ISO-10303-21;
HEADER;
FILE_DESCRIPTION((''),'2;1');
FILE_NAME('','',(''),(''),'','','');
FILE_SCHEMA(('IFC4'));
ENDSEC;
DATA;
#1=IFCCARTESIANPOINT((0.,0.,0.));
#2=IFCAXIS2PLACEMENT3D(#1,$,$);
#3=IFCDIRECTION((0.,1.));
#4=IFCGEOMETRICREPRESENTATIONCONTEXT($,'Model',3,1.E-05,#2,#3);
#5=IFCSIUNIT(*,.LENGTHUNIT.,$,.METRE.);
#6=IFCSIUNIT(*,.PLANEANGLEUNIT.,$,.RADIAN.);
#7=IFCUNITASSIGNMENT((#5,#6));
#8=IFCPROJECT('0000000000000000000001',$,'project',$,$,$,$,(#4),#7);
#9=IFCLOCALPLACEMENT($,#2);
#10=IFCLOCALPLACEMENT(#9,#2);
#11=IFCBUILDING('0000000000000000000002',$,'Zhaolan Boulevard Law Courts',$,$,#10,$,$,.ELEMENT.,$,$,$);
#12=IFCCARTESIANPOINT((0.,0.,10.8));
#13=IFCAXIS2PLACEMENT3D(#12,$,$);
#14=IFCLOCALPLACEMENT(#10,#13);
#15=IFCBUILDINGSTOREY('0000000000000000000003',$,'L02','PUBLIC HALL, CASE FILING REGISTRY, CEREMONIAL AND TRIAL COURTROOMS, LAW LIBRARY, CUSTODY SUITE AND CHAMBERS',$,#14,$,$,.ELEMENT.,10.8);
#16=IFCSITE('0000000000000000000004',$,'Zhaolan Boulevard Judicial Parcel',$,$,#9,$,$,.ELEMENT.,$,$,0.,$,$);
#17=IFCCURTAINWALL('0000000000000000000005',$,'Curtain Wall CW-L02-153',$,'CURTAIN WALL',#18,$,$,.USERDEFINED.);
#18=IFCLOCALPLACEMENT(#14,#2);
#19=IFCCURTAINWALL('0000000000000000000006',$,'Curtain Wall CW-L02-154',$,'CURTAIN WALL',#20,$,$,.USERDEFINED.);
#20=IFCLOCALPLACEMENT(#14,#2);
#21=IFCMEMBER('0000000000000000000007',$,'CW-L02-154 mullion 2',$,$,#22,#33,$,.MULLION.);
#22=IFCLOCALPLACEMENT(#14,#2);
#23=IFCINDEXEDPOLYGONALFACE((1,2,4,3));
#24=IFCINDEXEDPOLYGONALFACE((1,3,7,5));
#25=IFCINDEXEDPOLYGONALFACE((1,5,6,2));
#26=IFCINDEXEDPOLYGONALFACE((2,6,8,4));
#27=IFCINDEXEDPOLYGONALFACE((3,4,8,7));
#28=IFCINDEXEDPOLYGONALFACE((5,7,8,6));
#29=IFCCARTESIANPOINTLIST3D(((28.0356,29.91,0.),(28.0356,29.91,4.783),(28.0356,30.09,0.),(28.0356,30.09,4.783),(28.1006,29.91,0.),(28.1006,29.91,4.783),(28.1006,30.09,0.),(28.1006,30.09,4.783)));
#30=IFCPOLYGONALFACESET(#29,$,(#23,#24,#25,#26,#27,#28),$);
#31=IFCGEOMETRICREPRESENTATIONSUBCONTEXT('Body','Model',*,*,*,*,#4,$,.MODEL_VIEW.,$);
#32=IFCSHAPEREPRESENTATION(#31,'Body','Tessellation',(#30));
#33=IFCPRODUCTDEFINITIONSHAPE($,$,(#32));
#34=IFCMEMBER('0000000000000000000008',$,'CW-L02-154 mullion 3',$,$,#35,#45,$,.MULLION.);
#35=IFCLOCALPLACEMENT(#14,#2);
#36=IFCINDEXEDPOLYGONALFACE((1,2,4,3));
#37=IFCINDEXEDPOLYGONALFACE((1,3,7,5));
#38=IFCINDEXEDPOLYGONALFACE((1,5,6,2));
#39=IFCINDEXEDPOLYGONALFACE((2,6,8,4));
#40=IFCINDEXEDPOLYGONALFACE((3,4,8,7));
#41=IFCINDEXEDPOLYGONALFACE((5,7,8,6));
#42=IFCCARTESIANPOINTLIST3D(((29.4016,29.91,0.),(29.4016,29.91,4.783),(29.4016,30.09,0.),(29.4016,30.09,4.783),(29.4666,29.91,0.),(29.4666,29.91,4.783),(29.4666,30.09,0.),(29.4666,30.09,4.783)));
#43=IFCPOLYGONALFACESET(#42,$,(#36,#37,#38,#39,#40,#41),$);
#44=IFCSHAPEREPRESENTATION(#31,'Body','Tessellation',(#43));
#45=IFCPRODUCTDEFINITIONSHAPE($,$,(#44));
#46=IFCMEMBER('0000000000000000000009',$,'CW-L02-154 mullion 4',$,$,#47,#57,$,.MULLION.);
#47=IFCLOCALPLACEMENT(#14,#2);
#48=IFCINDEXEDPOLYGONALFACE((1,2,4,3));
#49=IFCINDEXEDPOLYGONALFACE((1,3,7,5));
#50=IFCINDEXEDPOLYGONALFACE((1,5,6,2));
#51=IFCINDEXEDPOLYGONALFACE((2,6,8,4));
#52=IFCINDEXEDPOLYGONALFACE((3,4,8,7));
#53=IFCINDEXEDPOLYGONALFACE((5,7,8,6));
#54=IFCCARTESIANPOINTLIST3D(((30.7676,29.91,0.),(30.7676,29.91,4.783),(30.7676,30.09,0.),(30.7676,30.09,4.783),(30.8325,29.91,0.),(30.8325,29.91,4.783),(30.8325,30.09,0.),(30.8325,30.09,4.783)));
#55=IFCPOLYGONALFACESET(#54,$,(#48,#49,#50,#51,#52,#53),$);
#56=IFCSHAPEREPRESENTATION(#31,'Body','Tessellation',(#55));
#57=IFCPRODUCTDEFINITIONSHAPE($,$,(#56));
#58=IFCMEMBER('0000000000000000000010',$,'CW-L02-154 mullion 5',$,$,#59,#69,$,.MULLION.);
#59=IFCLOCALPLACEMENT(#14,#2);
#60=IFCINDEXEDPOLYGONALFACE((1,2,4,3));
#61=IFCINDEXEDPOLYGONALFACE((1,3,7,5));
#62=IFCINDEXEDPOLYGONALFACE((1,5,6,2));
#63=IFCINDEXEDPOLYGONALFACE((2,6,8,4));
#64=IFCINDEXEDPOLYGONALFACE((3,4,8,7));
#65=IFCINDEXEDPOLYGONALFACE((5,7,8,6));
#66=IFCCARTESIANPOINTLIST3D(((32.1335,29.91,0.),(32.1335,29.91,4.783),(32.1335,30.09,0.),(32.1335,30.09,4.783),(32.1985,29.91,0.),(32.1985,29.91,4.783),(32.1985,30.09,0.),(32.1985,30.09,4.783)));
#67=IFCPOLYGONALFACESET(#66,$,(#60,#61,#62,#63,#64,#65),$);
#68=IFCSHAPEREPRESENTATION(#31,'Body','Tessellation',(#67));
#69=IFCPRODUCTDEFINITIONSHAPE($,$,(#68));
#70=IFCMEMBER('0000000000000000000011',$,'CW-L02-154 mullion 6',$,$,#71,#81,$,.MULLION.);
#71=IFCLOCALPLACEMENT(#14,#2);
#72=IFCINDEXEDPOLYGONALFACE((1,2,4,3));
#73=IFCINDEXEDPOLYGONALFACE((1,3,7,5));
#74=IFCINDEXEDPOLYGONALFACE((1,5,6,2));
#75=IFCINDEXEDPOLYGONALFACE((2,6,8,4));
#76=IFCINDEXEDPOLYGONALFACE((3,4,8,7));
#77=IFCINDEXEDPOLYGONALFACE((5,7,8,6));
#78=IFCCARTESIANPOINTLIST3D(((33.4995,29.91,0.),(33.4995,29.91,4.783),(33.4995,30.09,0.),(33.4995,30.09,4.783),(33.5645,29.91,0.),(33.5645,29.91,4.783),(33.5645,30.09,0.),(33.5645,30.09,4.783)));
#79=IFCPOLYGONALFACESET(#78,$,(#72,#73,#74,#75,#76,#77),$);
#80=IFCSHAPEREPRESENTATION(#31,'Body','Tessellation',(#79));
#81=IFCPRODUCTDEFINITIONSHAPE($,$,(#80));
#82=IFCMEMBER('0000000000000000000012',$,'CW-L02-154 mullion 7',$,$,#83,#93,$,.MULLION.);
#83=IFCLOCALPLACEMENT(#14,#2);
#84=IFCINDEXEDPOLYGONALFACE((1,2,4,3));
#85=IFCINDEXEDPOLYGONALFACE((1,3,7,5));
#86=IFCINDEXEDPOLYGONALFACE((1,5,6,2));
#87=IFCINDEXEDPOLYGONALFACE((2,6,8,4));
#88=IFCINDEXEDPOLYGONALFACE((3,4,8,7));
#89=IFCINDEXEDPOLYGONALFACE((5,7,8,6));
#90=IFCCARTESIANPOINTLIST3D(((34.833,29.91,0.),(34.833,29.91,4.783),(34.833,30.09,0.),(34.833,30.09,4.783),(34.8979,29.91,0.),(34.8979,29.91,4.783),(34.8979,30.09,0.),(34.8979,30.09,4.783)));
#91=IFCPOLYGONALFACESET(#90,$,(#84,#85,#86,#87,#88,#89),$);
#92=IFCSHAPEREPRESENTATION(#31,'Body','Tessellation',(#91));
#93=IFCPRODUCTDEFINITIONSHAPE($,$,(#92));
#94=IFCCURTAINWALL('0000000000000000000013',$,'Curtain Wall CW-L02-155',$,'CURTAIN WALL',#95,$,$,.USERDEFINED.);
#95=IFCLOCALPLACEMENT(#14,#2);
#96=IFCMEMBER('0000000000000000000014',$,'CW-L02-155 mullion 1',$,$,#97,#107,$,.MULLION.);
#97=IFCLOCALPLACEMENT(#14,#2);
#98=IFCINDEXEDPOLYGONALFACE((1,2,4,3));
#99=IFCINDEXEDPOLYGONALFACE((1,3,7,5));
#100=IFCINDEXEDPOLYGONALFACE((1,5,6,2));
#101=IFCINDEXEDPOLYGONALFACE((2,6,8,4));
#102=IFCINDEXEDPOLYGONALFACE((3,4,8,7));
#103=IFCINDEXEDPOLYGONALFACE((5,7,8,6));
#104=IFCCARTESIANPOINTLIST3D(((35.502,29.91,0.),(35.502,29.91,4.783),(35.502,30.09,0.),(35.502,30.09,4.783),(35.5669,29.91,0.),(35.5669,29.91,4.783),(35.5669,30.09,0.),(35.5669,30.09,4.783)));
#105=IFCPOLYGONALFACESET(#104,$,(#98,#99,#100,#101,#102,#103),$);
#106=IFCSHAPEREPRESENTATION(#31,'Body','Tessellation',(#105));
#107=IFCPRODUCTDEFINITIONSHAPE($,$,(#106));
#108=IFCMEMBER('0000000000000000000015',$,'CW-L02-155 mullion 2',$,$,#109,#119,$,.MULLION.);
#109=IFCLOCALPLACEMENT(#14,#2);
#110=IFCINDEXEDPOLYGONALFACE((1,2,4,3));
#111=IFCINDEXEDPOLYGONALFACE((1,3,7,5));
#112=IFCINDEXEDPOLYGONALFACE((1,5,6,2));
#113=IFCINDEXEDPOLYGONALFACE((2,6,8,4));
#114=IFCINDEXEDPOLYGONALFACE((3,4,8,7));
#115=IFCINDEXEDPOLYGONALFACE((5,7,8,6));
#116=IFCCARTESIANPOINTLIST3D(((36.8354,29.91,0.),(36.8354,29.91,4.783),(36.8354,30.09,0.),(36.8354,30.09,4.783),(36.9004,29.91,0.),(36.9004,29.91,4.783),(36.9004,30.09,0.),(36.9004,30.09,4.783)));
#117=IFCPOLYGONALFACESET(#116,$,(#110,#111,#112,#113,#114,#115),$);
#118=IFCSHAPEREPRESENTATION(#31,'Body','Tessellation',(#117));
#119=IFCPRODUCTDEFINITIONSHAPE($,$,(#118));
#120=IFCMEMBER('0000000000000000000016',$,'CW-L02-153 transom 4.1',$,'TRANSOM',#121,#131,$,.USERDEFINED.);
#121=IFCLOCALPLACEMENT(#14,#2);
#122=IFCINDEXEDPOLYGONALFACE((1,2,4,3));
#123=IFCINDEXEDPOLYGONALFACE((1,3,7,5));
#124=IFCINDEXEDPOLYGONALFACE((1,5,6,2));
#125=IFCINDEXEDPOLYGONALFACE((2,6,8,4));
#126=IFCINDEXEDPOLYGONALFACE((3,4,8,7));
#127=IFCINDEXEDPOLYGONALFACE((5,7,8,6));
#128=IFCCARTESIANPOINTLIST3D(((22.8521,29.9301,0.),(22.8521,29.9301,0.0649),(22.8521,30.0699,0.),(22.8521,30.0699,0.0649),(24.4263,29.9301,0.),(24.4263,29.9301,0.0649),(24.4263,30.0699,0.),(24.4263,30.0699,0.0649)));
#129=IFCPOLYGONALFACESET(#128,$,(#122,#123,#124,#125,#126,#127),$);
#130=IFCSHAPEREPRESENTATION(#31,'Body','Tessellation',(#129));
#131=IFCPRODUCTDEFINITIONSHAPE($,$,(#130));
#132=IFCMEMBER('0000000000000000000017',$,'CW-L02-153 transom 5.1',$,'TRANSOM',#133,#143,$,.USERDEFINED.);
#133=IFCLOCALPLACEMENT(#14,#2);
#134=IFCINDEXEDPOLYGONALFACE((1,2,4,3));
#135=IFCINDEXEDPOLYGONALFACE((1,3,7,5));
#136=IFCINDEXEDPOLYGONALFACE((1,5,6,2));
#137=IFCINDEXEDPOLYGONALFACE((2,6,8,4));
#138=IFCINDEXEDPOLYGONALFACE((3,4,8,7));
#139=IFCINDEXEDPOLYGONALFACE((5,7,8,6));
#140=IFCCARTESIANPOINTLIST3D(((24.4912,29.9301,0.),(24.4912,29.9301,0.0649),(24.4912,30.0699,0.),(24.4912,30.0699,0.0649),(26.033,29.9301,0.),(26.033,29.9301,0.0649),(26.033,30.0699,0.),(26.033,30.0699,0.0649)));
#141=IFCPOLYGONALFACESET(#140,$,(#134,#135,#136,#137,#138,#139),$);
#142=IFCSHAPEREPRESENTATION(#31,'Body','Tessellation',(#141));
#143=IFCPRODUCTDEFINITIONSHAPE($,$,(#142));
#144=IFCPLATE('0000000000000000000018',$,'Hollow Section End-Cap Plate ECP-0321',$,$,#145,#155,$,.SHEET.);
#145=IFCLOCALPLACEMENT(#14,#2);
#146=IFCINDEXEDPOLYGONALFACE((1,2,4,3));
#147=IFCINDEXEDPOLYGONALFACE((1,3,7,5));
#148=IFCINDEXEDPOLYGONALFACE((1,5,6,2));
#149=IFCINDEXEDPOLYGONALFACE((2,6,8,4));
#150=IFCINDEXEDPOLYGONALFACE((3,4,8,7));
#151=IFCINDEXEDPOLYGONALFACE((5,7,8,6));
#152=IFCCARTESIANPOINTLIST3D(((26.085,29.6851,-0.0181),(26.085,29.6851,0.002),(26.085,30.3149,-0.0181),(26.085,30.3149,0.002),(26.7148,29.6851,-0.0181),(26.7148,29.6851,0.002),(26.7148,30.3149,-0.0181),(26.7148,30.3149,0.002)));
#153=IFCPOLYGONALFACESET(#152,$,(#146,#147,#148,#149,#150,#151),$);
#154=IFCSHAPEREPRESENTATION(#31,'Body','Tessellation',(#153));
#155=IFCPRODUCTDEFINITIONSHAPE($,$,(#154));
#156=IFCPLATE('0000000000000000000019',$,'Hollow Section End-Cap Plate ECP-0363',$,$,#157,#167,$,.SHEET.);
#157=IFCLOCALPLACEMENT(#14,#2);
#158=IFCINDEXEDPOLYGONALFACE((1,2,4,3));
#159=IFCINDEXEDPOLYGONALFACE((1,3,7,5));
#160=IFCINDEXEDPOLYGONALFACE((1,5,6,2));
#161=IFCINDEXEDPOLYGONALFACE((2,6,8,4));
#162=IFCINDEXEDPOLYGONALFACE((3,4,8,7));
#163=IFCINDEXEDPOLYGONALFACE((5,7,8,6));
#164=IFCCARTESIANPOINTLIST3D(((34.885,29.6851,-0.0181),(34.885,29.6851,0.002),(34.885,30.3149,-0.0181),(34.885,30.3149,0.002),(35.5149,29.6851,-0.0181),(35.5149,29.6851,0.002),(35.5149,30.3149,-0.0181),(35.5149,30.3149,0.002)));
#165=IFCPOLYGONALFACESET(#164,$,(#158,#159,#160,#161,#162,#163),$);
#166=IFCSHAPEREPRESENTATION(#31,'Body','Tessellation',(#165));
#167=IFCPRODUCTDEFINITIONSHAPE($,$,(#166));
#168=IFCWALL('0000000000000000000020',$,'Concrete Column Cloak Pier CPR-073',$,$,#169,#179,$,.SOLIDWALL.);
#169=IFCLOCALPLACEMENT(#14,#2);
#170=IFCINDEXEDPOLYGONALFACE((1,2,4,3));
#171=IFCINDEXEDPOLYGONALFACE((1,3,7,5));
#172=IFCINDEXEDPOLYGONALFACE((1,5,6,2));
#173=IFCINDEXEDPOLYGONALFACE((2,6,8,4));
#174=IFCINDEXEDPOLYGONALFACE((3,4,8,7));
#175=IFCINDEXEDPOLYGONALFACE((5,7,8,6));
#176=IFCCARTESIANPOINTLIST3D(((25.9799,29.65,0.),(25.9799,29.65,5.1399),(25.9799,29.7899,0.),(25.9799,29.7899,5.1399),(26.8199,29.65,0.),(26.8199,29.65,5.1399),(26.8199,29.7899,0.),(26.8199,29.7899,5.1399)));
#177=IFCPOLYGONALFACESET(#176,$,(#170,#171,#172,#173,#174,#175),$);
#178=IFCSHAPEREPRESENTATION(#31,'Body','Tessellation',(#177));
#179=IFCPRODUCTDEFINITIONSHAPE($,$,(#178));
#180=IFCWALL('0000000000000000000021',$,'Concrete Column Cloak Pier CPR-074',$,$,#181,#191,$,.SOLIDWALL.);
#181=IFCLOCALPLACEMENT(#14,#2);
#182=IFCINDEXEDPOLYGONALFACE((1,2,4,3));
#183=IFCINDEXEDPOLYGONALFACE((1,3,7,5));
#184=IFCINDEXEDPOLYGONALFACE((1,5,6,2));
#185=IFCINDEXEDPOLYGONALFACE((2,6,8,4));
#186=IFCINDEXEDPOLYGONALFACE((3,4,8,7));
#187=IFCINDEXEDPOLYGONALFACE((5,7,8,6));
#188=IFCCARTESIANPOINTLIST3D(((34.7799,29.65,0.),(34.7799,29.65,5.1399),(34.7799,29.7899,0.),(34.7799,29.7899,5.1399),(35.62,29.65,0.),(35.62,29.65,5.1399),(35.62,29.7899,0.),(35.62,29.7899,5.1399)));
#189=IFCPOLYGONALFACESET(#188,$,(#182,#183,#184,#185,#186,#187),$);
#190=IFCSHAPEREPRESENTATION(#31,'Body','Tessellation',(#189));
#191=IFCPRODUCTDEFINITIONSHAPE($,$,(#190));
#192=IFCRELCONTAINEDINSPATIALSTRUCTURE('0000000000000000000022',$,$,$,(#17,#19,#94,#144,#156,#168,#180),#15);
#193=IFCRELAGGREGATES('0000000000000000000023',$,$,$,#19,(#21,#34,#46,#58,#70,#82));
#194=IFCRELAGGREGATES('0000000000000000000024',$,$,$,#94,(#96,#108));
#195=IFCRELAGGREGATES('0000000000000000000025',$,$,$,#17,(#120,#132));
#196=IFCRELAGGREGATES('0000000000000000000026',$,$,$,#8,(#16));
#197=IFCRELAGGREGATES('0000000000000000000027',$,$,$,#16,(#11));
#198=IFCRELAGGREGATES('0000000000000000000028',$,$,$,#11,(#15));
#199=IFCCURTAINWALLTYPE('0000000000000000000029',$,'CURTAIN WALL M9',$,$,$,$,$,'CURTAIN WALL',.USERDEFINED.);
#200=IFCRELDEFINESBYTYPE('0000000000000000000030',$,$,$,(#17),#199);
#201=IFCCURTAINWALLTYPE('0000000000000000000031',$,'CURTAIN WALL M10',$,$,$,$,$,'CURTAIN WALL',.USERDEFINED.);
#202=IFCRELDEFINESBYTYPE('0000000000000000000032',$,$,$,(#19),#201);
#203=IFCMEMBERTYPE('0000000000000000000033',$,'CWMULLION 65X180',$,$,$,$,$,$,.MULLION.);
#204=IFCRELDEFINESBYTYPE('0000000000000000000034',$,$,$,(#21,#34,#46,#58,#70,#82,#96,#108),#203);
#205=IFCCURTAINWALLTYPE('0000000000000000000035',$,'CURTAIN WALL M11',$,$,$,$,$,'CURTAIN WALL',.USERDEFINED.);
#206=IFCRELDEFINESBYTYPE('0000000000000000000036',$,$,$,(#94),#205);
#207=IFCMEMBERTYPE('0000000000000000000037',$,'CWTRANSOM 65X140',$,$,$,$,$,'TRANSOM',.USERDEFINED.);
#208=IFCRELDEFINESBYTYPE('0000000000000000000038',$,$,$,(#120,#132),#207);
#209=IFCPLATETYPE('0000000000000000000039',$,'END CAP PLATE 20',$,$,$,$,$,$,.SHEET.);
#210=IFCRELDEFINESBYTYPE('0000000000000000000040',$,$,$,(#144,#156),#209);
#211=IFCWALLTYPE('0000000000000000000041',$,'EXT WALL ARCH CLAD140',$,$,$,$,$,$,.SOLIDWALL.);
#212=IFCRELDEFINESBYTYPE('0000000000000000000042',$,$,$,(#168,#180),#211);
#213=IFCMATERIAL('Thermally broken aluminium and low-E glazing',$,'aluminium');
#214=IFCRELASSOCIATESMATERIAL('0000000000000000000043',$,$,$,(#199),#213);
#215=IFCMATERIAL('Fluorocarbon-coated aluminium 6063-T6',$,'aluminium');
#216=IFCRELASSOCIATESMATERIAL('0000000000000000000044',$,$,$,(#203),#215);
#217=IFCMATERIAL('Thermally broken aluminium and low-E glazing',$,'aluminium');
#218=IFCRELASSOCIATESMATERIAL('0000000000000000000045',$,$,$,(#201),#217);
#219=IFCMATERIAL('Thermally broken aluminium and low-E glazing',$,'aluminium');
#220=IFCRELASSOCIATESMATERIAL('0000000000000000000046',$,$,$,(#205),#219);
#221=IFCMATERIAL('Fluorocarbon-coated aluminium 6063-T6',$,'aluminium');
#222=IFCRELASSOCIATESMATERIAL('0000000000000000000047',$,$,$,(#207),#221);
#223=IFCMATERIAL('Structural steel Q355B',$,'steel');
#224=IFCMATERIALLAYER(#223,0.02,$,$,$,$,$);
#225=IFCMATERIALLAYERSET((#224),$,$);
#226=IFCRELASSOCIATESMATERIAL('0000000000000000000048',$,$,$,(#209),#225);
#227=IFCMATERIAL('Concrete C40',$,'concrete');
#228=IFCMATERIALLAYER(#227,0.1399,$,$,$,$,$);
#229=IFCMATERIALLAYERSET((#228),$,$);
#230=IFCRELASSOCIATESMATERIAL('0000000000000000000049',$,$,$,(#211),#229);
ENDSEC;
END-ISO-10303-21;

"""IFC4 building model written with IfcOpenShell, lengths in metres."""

from ifc_helpers import new_model, si_unit, direction, frame, frame_2d, origin, origin_2d, place, context, subcontext, project, spatial, rectangle, extrude, material, layer, layer_set, material_profile, profile_set, type_object, element, aggregate, save


model = new_model("IFC4")

# Units and contexts
model_context = context("Model", 3, precision=1e-05, world=origin(), true_north=direction((0.0, 1.0)))
body_context = subcontext(model_context, "Body", "Model", "MODEL_VIEW")
ifc_project = project(units=[si_unit("LENGTHUNIT", "METRE"), si_unit("PLANEANGLEUNIT", "RADIAN")], contexts=[model_context])

# Site, building, storey
site_placement = place(None, origin())
site = spatial("IfcSite", under=ifc_project, at=site_placement, Name="Zhaolan Boulevard Judicial Parcel", CompositionType="ELEMENT", RefElevation=0.0)
building_placement = place(site_placement, origin())
building = spatial("IfcBuilding", under=site, at=building_placement, Name="Zhaolan Boulevard Law Courts", CompositionType="ELEMENT")
storey_placement = place(building_placement, frame((0.0, 0.0, 10.8)))
storey = spatial("IfcBuildingStorey", under=building, at=storey_placement, Name="L02", Description="PUBLIC HALL, CASE FILING REGISTRY, CEREMONIAL AND TRIAL COURTROOMS, LAW LIBRARY, CUSTODY SUITE AND CHAMBERS", CompositionType="ELEMENT", Elevation=10.8)

# Curtain walls, members
ifc_material_1 = material(Name="Thermally broken aluminium and low-E glazing", Category="aluminium")
curtain_wall_type_1 = type_object("IfcCurtainWallType", Name="CURTAIN WALL M9", ElementType="CURTAIN WALL", PredefinedType="USERDEFINED", material=ifc_material_1)
curtain_wall_1_placement = place(storey_placement, origin())
curtain_wall_1 = element("IfcCurtainWall", 1, at=curtain_wall_1_placement, inside=storey, type_object=curtain_wall_type_1, Name="Curtain Wall CW-L02-153", ObjectType="CURTAIN WALL", PredefinedType="USERDEFINED")
ifc_material_2 = material(Name="Fluorocarbon-coated aluminium 6063-T6", Category="aluminium")
ifc_material_profile_1 = material_profile(ifc_material_2, rectangle(XDim=0.1799, YDim=0.0649, at=origin_2d()), Name="AL65x180")
ifc_profile_set_1 = profile_set([ifc_material_profile_1], Name="Fluorocarbon-coated aluminium 6063-T6")
member_type_1 = type_object("IfcMemberType", Name="CWMULLION 65X180", PredefinedType="MULLION", material=ifc_profile_set_1)
ifc_material_3 = material(Name="Thermally broken aluminium and low-E glazing", Category="aluminium")
curtain_wall_type_2 = type_object("IfcCurtainWallType", Name="CURTAIN WALL M10", ElementType="CURTAIN WALL", PredefinedType="USERDEFINED", material=ifc_material_3)
curtain_wall_2_placement = place(storey_placement, origin())
curtain_wall_2 = element("IfcCurtainWall", 2, at=curtain_wall_2_placement, inside=storey, type_object=curtain_wall_type_2, Name="Curtain Wall CW-L02-154", ObjectType="CURTAIN WALL", PredefinedType="USERDEFINED")
member_1_placement = place(storey_placement, frame((28.0681, 30.0, 0.0), z_axis=(0.0, 0.0, 1.0), x_axis=(0.0, 1.0, 0.0)))
member_1 = element("IfcMember", 3, at=member_1_placement, type_object=member_type_1, Name="CW-L02-154 mullion 2", PredefinedType="MULLION", context=body_context, shape_type="SweptSolid", body=[
    extrude(rectangle(XDim=0.1799, YDim=0.0649, at=origin_2d()), origin(), (0.0, 0.0, 1.0), 4.783),
])
member_2_placement = place(storey_placement, frame((29.4341, 30.0, 0.0), z_axis=(0.0, 0.0, 1.0), x_axis=(0.0, 1.0, 0.0)))
member_2 = element("IfcMember", 4, at=member_2_placement, type_object=member_type_1, Name="CW-L02-154 mullion 3", PredefinedType="MULLION", context=body_context, shape_type="SweptSolid", body=[
    extrude(rectangle(XDim=0.1799, YDim=0.0649, at=origin_2d()), origin(), (0.0, 0.0, 1.0), 4.783),
])
member_3_placement = place(storey_placement, frame((30.8, 30.0, 0.0), z_axis=(0.0, 0.0, 1.0), x_axis=(0.0, 1.0, 0.0)))
member_3 = element("IfcMember", 5, at=member_3_placement, type_object=member_type_1, Name="CW-L02-154 mullion 4", PredefinedType="MULLION", context=body_context, shape_type="SweptSolid", body=[
    extrude(rectangle(XDim=0.1799, YDim=0.0649, at=origin_2d()), origin(), (0.0, 0.0, 1.0), 4.783),
])
member_4_placement = place(storey_placement, frame((32.166, 30.0, 0.0), z_axis=(0.0, 0.0, 1.0), x_axis=(0.0, 1.0, 0.0)))
member_4 = element("IfcMember", 6, at=member_4_placement, type_object=member_type_1, Name="CW-L02-154 mullion 5", PredefinedType="MULLION", context=body_context, shape_type="SweptSolid", body=[
    extrude(rectangle(XDim=0.1799, YDim=0.0649, at=origin_2d()), origin(), (0.0, 0.0, 1.0), 4.783),
])
member_5_placement = place(storey_placement, frame((33.532, 30.0, 0.0), z_axis=(0.0, 0.0, 1.0), x_axis=(0.0, 1.0, 0.0)))
member_5 = element("IfcMember", 7, at=member_5_placement, type_object=member_type_1, Name="CW-L02-154 mullion 6", PredefinedType="MULLION", context=body_context, shape_type="SweptSolid", body=[
    extrude(rectangle(XDim=0.1799, YDim=0.0649, at=origin_2d()), origin(), (0.0, 0.0, 1.0), 4.783),
])
member_6_placement = place(storey_placement, frame((34.8655, 30.0, 0.0), z_axis=(0.0, 0.0, 1.0), x_axis=(0.0, 1.0, 0.0)))
member_6 = element("IfcMember", 8, at=member_6_placement, type_object=member_type_1, Name="CW-L02-154 mullion 7", PredefinedType="MULLION", context=body_context, shape_type="SweptSolid", body=[
    extrude(rectangle(XDim=0.1799, YDim=0.0649, at=origin_2d()), origin(), (0.0, 0.0, 1.0), 4.783),
])
aggregate(curtain_wall_2, [member_1, member_2, member_3, member_4, member_5, member_6])
ifc_material_4 = material(Name="Thermally broken aluminium and low-E glazing", Category="aluminium")
curtain_wall_type_3 = type_object("IfcCurtainWallType", Name="CURTAIN WALL M11", ElementType="CURTAIN WALL", PredefinedType="USERDEFINED", material=ifc_material_4)
curtain_wall_3_placement = place(storey_placement, origin())
curtain_wall_3 = element("IfcCurtainWall", 9, at=curtain_wall_3_placement, inside=storey, type_object=curtain_wall_type_3, Name="Curtain Wall CW-L02-155", ObjectType="CURTAIN WALL", PredefinedType="USERDEFINED")
member_7_placement = place(storey_placement, frame((35.5344, 30.0, 0.0), z_axis=(0.0, 0.0, 1.0), x_axis=(0.0, 1.0, 0.0)))
member_7 = element("IfcMember", 10, at=member_7_placement, type_object=member_type_1, Name="CW-L02-155 mullion 1", PredefinedType="MULLION", context=body_context, shape_type="SweptSolid", body=[
    extrude(rectangle(XDim=0.1799, YDim=0.0649, at=origin_2d()), origin(), (0.0, 0.0, 1.0), 4.783),
])
member_8_placement = place(storey_placement, frame((36.8679, 30.0, 0.0), z_axis=(0.0, 0.0, 1.0), x_axis=(0.0, 1.0, 0.0)))
member_8 = element("IfcMember", 11, at=member_8_placement, type_object=member_type_1, Name="CW-L02-155 mullion 2", PredefinedType="MULLION", context=body_context, shape_type="SweptSolid", body=[
    extrude(rectangle(XDim=0.1799, YDim=0.0649, at=origin_2d()), origin(), (0.0, 0.0, 1.0), 4.783),
])
aggregate(curtain_wall_3, [member_7, member_8])

# Members
ifc_material_5 = material(Name="Fluorocarbon-coated aluminium 6063-T6", Category="aluminium")
ifc_material_profile_2 = material_profile(ifc_material_5, rectangle(XDim=0.1399, YDim=0.0649, at=origin_2d()), Name="AL65x140")
ifc_profile_set_2 = profile_set([ifc_material_profile_2], Name="Fluorocarbon-coated aluminium 6063-T6")
member_type_2 = type_object("IfcMemberType", Name="CWTRANSOM 65X140", ElementType="TRANSOM", PredefinedType="USERDEFINED", material=ifc_profile_set_2)
member_9_placement = place(storey_placement, frame((22.8521, 30.0, 0.0325), z_axis=(1.0, 0.0, 0.0), x_axis=(0.0, 1.0, 0.0)))
member_9 = element("IfcMember", 12, at=member_9_placement, type_object=member_type_2, Name="CW-L02-153 transom 4.1", ObjectType="TRANSOM", PredefinedType="USERDEFINED", context=body_context, shape_type="SweptSolid", body=[
    extrude(rectangle(XDim=0.1399, YDim=0.0649, at=origin_2d()), origin(), (0.0, 0.0, 1.0), 1.5742),
])
member_10_placement = place(storey_placement, frame((24.4912, 30.0, 0.0325), z_axis=(1.0, 0.0, 0.0), x_axis=(0.0, 1.0, 0.0)))
member_10 = element("IfcMember", 13, at=member_10_placement, type_object=member_type_2, Name="CW-L02-153 transom 5.1", ObjectType="TRANSOM", PredefinedType="USERDEFINED", context=body_context, shape_type="SweptSolid", body=[
    extrude(rectangle(XDim=0.1399, YDim=0.0649, at=origin_2d()), origin(), (0.0, 0.0, 1.0), 1.5417),
])
aggregate(curtain_wall_1, [member_9, member_10])

# Plates
ifc_material_6 = material(Name="Structural steel Q355B", Category="steel")
ifc_layer_1 = layer(ifc_material_6, 0.02)
ifc_layer_set_1 = layer_set([ifc_layer_1])
plate_type = type_object("IfcPlateType", Name="END CAP PLATE 20", PredefinedType="SHEET", material=ifc_layer_set_1)
for number, where, z_axis, x_axis, name in (
    (14, (26.3999, 30.0, -0.0181), (0.0, 0.0, 1.0), (1.0, 0.0, 0.0), "Hollow Section End-Cap Plate ECP-0321"),
    (15, (35.2, 30.0, -0.0181), (0.0, 0.0, 1.0), (1.0, 0.0, 0.0), "Hollow Section End-Cap Plate ECP-0363"),
):
    element("IfcPlate", number, at=place(storey_placement, frame(where, z_axis=z_axis, x_axis=x_axis)), inside=storey, type_object=plate_type, Name=name, PredefinedType="SHEET", context=body_context, shape_type="SweptSolid", body=[
        extrude(rectangle(XDim=0.6299, YDim=0.6299, at=origin_2d()), origin(), (0.0, 0.0, 1.0), 0.02),
    ])

# Walls
ifc_material_7 = material(Name="Concrete C40", Category="concrete")
ifc_layer_2 = layer(ifc_material_7, 0.1399)
ifc_layer_set_2 = layer_set([ifc_layer_2])
wall_type_1 = type_object("IfcWallType", Name="EXT WALL ARCH CLAD140", PredefinedType="SOLIDWALL", material=ifc_layer_set_2)
for number, where, z_axis, x_axis, name in (
    (16, (25.98, 29.72, 0.0), (0.0, 0.0, 1.0), (1.0, 0.0, 0.0), "Concrete Column Cloak Pier CPR-073"),
    (17, (34.78, 29.72, 0.0), (0.0, 0.0, 1.0), (1.0, 0.0, 0.0), "Concrete Column Cloak Pier CPR-074"),
):
    element("IfcWall", number, at=place(storey_placement, frame(where, z_axis=z_axis, x_axis=x_axis)), inside=storey, type_object=wall_type_1, Name=name, PredefinedType="SOLIDWALL", context=body_context, shape_type="SweptSolid", body=[
        extrude(rectangle(XDim=0.8401, YDim=0.1399, at=frame_2d((0.4199, 0.0))), origin(), (0.0, 0.0, 1.0), 5.1399),
    ])

save(model, "model.ifc")
